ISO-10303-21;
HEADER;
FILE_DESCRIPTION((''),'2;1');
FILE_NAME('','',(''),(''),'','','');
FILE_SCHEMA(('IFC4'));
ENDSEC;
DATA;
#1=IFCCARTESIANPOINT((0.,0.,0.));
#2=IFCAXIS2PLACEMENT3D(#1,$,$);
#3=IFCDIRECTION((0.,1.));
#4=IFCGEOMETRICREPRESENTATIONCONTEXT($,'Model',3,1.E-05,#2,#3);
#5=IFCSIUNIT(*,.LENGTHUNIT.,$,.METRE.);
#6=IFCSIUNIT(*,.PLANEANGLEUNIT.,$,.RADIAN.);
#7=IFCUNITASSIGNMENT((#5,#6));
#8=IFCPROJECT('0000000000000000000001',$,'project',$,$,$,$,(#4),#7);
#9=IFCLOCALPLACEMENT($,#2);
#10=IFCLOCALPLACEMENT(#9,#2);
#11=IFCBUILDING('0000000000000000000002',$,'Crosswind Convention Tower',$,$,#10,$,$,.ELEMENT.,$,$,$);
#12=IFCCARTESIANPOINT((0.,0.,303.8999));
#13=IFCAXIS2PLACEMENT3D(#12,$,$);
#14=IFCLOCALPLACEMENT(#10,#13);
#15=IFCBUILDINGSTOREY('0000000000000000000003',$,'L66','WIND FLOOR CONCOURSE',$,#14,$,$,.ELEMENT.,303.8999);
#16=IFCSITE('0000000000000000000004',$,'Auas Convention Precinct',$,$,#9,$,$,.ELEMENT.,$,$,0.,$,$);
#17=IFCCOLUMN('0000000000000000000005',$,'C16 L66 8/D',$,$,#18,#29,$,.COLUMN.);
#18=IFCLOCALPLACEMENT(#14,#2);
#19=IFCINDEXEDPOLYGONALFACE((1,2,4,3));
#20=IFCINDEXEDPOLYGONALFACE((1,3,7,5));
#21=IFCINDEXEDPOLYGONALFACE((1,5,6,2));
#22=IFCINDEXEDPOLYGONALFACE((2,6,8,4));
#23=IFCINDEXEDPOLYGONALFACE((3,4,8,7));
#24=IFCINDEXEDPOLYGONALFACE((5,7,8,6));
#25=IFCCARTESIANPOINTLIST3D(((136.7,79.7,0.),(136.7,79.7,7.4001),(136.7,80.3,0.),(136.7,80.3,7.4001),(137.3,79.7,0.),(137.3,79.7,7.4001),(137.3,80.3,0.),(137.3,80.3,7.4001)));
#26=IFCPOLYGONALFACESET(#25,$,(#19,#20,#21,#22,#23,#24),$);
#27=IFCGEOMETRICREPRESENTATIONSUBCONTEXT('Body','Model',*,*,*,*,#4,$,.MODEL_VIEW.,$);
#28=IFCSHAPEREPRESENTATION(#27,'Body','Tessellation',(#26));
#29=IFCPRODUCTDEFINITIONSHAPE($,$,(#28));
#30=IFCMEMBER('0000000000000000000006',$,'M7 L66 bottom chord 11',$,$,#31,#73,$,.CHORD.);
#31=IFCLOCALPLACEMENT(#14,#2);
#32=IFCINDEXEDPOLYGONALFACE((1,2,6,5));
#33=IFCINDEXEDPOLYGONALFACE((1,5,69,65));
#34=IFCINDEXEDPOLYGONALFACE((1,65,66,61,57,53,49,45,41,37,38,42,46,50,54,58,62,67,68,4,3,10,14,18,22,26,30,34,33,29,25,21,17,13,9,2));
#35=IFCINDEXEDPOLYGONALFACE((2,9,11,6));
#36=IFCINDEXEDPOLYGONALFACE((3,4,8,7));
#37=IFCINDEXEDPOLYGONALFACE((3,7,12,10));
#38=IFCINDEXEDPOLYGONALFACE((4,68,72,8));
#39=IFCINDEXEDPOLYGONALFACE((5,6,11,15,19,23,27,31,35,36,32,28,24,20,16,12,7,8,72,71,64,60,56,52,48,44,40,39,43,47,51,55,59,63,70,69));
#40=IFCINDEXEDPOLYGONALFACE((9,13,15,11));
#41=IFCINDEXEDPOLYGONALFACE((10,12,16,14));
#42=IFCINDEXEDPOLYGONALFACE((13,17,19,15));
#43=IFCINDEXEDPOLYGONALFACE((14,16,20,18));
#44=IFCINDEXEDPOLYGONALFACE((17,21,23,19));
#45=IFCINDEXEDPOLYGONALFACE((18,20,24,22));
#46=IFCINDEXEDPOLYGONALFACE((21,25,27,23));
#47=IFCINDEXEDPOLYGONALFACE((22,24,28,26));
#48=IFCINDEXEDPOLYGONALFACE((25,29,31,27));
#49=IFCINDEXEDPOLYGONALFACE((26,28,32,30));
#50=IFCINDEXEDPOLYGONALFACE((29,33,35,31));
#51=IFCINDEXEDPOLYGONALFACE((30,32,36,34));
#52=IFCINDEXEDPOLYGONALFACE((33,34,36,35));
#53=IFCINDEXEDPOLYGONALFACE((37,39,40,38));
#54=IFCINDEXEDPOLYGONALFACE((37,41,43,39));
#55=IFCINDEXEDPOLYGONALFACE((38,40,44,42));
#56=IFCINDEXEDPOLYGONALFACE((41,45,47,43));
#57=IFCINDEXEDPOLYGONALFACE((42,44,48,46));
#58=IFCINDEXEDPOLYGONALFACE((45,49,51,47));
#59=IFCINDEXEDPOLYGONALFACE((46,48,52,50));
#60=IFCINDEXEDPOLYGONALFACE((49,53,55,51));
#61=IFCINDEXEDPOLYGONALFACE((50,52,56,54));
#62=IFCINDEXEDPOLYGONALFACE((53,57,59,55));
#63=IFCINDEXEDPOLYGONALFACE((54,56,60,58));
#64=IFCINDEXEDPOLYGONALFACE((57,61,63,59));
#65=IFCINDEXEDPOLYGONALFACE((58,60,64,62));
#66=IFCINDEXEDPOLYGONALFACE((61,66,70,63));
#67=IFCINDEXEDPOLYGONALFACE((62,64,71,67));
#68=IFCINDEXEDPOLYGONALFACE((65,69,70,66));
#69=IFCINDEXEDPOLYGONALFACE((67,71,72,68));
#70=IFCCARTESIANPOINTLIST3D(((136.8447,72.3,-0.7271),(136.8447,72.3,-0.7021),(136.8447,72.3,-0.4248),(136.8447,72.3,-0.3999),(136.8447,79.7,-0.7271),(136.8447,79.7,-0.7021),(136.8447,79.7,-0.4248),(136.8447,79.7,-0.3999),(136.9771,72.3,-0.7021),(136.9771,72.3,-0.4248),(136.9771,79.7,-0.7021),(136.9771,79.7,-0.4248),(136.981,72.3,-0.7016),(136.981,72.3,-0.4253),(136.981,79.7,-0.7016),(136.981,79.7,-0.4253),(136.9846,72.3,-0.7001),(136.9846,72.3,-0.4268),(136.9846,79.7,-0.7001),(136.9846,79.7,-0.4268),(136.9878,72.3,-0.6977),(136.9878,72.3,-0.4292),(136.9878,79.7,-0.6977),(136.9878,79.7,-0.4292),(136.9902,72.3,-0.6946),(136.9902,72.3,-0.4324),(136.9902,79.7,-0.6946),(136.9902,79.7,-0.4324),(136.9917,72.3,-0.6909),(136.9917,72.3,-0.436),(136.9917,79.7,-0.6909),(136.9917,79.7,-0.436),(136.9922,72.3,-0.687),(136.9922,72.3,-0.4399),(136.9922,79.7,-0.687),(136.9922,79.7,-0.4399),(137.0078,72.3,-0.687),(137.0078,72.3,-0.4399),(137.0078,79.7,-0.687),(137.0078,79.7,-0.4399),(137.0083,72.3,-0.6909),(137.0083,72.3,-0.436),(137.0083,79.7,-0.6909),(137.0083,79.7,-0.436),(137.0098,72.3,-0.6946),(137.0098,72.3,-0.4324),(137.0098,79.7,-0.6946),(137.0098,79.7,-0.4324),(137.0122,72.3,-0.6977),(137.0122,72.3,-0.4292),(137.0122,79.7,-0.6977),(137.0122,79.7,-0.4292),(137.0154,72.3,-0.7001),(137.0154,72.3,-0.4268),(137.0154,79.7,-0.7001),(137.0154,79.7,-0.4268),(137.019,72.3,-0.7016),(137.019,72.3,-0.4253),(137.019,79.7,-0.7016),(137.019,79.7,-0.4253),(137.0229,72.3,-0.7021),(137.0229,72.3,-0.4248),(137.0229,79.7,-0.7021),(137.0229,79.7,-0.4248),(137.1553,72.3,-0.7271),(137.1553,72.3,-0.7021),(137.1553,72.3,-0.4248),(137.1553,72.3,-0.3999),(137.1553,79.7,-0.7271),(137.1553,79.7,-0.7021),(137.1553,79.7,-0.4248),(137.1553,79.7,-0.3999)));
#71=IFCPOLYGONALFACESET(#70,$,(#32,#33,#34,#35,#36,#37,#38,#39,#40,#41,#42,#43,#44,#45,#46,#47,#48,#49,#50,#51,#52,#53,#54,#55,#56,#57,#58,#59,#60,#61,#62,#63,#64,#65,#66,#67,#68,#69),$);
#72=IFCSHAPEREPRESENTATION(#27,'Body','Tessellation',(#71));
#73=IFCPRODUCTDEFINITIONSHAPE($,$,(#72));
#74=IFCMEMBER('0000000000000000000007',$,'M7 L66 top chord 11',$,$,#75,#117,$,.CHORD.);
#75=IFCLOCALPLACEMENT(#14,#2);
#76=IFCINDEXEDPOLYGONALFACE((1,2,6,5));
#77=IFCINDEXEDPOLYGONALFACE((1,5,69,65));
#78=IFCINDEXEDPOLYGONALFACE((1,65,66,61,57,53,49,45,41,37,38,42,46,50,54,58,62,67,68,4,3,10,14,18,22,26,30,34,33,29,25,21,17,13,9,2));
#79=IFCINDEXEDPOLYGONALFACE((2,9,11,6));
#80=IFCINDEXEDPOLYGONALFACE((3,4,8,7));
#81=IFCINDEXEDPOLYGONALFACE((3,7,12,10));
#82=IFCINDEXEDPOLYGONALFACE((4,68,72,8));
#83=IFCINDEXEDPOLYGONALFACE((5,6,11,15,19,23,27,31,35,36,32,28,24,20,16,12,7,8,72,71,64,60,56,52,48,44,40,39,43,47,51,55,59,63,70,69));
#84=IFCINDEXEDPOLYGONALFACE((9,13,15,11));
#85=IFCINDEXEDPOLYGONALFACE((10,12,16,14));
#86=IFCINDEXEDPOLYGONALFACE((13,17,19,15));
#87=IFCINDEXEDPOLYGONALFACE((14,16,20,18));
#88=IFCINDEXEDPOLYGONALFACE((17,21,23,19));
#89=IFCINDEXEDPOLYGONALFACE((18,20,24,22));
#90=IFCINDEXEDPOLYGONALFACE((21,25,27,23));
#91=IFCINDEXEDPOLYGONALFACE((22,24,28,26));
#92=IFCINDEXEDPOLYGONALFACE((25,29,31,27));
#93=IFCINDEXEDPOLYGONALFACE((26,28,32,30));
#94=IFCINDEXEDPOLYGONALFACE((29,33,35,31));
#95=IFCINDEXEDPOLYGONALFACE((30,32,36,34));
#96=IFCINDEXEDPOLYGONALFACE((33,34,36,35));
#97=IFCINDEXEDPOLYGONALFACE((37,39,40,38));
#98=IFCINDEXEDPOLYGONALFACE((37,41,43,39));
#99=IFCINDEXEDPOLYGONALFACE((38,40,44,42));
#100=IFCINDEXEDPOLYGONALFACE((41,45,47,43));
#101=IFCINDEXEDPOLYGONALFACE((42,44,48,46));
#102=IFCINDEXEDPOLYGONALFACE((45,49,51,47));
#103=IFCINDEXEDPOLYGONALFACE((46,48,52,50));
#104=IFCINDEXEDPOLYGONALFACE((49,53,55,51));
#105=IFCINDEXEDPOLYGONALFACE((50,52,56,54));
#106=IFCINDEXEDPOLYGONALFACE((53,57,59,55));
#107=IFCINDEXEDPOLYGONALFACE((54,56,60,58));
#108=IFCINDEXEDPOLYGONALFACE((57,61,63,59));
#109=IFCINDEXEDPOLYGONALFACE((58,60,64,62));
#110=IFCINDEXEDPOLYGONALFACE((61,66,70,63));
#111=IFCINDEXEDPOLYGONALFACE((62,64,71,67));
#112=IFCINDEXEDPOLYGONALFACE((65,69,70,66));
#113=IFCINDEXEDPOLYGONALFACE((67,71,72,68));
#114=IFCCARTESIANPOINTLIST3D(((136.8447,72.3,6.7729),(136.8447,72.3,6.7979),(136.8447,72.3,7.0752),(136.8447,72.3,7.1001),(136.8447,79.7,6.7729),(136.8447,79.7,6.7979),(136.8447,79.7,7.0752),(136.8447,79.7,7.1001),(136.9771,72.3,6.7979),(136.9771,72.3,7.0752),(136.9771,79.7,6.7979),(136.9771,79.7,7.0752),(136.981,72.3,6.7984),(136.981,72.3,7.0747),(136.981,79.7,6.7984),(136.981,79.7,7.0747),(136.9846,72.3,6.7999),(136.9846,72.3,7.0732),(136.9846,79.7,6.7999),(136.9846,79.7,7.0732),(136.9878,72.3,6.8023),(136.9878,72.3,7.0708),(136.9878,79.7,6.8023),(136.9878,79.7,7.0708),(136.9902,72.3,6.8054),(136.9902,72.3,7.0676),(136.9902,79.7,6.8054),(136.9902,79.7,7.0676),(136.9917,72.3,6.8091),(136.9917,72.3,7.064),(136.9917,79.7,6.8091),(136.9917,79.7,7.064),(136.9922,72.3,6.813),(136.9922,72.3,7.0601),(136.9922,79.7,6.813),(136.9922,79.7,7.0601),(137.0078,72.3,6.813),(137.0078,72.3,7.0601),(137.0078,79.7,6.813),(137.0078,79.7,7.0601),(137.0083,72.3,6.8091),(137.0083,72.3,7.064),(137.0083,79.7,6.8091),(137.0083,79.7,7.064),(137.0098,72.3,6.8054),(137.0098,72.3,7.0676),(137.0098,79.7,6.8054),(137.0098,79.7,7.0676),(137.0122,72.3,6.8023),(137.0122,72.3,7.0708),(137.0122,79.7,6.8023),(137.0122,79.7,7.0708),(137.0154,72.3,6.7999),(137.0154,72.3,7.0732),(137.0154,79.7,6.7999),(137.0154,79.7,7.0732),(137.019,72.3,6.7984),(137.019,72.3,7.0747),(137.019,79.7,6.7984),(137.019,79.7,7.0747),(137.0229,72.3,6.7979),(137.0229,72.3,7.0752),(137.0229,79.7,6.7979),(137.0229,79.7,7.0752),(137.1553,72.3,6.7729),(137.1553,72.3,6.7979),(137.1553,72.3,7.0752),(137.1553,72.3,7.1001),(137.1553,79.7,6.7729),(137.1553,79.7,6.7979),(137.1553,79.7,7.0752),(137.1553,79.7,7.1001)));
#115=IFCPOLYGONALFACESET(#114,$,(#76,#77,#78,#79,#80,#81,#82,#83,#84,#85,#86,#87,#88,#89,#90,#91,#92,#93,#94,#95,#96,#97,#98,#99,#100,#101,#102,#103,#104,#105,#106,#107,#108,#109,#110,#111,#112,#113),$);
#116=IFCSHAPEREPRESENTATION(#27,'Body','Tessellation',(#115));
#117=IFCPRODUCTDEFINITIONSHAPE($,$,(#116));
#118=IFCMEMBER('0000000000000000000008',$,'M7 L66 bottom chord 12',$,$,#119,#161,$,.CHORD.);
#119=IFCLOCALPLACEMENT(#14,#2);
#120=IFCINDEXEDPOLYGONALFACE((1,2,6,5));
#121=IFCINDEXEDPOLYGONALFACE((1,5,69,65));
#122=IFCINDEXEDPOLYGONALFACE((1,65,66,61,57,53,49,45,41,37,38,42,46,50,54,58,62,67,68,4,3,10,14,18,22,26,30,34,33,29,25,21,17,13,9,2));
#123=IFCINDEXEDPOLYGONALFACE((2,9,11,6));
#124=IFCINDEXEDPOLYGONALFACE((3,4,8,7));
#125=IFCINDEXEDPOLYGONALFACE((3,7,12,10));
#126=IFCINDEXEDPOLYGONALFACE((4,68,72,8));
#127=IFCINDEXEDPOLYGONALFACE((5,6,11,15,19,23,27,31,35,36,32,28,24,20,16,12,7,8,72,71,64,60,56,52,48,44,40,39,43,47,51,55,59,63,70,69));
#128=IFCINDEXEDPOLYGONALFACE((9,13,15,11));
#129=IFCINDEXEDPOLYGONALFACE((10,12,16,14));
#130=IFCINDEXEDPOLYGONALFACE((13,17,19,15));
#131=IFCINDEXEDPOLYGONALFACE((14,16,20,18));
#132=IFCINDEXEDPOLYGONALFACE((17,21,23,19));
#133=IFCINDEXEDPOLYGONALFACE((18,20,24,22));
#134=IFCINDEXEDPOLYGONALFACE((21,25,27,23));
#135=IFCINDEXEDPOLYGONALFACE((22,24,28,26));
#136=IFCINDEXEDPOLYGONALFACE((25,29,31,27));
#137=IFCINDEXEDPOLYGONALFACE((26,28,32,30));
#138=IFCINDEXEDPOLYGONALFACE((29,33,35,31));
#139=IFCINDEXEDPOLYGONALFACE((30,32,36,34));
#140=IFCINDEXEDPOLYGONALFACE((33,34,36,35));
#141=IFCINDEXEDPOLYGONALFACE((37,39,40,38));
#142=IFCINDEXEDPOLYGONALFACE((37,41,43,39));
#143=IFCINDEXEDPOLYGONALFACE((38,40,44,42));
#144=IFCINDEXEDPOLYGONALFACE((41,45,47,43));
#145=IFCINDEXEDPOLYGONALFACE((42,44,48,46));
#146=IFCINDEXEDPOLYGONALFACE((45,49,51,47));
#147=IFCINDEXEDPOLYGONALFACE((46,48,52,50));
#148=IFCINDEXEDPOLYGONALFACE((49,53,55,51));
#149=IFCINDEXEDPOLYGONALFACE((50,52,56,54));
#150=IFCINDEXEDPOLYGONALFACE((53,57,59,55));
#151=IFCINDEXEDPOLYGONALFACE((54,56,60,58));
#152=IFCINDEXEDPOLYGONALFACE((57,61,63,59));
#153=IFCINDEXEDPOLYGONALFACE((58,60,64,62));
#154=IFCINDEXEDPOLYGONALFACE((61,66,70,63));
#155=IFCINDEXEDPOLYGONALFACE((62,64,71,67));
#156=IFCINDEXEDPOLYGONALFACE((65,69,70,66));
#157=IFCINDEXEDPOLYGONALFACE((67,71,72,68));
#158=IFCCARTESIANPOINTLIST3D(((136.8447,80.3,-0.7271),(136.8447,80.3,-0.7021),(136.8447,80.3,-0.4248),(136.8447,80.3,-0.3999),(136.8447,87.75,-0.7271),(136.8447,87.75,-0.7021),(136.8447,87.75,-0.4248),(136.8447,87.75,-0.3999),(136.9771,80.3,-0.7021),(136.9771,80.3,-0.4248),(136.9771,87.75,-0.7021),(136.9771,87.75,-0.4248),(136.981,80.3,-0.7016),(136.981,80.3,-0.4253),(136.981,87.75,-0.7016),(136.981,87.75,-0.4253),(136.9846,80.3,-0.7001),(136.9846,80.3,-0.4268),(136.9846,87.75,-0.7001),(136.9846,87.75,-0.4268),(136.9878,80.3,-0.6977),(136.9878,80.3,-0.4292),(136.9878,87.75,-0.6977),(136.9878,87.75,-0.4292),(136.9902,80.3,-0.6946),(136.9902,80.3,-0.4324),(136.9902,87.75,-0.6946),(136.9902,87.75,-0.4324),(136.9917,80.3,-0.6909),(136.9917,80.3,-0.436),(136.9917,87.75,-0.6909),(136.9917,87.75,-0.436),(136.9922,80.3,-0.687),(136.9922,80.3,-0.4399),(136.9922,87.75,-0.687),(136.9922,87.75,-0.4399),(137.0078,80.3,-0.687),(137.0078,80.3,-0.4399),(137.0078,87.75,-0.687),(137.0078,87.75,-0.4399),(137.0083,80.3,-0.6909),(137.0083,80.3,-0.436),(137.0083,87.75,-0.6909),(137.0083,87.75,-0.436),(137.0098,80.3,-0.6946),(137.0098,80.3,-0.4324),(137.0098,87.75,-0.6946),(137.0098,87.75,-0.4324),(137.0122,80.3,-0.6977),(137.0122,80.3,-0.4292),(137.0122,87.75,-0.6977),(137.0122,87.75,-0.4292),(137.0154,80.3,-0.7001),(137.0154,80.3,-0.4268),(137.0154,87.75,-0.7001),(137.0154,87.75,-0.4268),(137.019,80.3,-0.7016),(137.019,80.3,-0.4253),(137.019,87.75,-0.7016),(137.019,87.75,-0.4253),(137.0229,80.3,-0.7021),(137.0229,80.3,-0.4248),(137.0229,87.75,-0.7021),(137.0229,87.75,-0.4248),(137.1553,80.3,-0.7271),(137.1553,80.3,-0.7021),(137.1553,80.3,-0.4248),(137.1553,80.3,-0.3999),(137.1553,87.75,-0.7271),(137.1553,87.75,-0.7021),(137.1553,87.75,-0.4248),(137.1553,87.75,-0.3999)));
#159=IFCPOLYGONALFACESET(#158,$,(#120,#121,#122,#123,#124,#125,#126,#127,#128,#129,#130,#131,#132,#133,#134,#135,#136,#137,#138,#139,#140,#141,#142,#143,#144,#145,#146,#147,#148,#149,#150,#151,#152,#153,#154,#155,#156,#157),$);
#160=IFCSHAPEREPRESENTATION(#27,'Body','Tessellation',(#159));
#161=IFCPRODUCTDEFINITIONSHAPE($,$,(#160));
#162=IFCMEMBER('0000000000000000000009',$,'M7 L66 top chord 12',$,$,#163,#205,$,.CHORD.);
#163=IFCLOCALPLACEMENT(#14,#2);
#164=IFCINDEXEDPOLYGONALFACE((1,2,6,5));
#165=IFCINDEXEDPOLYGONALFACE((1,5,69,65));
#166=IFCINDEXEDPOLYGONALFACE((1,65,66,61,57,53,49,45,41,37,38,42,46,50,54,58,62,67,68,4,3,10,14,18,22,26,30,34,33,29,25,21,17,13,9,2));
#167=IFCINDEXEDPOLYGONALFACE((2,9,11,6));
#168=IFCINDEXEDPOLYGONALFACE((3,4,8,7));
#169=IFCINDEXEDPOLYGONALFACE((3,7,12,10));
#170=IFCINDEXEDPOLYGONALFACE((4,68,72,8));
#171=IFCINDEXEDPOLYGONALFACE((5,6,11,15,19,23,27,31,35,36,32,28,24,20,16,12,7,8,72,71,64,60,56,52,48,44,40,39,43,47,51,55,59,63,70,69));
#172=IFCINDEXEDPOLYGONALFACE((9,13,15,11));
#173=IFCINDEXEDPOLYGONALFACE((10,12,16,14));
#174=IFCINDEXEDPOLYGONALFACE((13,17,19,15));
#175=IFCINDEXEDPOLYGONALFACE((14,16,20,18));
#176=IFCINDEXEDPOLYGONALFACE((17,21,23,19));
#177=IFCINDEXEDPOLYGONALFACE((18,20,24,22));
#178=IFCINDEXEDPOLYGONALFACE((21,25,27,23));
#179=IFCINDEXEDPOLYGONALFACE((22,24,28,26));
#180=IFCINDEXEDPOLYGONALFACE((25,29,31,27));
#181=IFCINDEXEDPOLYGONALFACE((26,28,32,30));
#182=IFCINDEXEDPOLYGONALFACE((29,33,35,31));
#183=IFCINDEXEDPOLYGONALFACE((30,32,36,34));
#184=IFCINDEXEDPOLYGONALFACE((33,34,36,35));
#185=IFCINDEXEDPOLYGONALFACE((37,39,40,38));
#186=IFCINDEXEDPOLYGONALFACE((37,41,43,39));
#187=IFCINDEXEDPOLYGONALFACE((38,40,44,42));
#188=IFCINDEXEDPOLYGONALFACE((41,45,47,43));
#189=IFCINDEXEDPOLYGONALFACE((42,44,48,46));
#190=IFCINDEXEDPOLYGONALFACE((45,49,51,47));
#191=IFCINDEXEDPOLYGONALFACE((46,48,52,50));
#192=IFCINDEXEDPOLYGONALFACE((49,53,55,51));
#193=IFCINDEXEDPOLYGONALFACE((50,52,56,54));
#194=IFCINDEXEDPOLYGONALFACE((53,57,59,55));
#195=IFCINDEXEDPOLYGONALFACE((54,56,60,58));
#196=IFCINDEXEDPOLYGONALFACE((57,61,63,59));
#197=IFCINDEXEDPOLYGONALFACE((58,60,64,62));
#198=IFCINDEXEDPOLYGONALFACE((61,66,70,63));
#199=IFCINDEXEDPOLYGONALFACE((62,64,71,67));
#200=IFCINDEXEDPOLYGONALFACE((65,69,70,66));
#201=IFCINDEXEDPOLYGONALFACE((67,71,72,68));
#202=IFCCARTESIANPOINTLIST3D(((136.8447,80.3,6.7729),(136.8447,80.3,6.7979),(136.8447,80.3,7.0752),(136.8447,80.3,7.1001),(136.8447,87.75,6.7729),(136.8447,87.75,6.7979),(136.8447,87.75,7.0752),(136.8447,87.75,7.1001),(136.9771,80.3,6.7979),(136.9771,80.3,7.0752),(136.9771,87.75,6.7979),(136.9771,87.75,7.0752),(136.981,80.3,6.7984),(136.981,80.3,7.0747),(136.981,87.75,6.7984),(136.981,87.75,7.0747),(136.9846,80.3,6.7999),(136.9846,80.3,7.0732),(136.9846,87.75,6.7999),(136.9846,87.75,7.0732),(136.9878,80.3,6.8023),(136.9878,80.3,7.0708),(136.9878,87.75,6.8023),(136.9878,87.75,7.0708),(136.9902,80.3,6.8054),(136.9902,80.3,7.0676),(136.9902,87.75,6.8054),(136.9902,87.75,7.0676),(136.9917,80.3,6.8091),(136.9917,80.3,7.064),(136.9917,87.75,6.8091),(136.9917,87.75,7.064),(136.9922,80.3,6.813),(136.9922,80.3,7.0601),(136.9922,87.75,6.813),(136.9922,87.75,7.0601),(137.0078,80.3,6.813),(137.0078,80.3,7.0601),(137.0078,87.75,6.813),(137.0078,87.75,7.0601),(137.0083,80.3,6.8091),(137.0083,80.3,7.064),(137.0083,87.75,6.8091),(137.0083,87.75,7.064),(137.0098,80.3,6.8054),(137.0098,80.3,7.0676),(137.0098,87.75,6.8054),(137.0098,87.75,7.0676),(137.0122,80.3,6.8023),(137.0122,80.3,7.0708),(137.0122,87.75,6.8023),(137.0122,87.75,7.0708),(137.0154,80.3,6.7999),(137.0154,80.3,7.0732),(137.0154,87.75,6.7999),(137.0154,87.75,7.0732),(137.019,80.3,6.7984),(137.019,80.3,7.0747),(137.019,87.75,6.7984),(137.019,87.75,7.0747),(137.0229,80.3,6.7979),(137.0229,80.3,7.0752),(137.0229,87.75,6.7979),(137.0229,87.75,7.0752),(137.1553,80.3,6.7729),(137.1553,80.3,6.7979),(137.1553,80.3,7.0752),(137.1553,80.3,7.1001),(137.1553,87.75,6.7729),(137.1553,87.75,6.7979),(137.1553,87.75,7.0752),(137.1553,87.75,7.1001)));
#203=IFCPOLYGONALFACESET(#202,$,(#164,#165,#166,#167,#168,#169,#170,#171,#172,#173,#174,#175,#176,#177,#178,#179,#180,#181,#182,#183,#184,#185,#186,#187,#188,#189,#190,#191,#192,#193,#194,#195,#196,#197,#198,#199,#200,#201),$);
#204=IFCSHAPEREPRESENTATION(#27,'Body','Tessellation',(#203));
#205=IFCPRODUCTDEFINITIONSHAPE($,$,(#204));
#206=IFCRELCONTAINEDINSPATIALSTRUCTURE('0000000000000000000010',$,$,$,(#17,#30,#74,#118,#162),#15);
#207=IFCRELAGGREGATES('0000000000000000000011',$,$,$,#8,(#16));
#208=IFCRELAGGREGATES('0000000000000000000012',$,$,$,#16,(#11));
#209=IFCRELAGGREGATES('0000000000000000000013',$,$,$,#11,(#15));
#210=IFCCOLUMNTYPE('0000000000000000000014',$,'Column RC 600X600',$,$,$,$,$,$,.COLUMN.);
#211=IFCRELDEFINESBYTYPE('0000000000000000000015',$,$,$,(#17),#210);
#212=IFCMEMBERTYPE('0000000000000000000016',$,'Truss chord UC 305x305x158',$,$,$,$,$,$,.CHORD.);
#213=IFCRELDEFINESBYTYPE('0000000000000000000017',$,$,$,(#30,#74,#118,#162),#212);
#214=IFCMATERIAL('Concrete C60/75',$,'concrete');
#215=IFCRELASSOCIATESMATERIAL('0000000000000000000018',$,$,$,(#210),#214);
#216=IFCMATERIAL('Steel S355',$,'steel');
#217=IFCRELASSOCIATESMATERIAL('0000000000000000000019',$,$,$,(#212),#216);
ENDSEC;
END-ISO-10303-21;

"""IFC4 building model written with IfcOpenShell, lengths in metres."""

from ifc_helpers import new_model, si_unit, direction, frame, origin, origin_2d, place, context, subcontext, project, spatial, rectangle, i_section, extrude, material, material_profile, profile_set, type_object, element, save


model = new_model("IFC4")

# Units and contexts
model_context = context("Model", 3, precision=1e-05, world=origin(), true_north=direction((0.0, 1.0)))
body_context = subcontext(model_context, "Body", "Model", "MODEL_VIEW")
ifc_project = project(units=[si_unit("LENGTHUNIT", "METRE"), si_unit("PLANEANGLEUNIT", "RADIAN")], contexts=[model_context])

# Site, building, storey
site_placement = place(None, origin())
site = spatial("IfcSite", under=ifc_project, at=site_placement, Name="Auas Convention Precinct", CompositionType="ELEMENT", RefElevation=0.0)
building_placement = place(site_placement, origin())
building = spatial("IfcBuilding", under=site, at=building_placement, Name="Crosswind Convention Tower", CompositionType="ELEMENT")
storey_placement = place(building_placement, frame((0.0, 0.0, 303.8999)))
storey = spatial("IfcBuildingStorey", under=building, at=storey_placement, Name="L66", Description="WIND FLOOR CONCOURSE", CompositionType="ELEMENT", Elevation=303.8999)

# Column
ifc_material_1 = material(Name="Concrete C60/75", Category="concrete")
ifc_material_profile_1 = material_profile(ifc_material_1, rectangle(XDim=0.6001, YDim=0.6001, at=origin_2d()), Name="RC 600X600")
ifc_profile_set_1 = profile_set([ifc_material_profile_1], Name="Concrete C60/75")
column_type = type_object("IfcColumnType", Name="Column RC 600X600", PredefinedType="COLUMN", material=ifc_profile_set_1)
column_placement = place(storey_placement, frame((137.0, 80.0, 0.0), z_axis=(0.0, 0.0, 1.0), x_axis=(1.0, 0.0, 0.0)))
element("IfcColumn", 1, at=column_placement, inside=storey, type_object=column_type, Name="C16 L66 8/D", PredefinedType="COLUMN", context=body_context, shape_type="SweptSolid", body=[
    extrude(rectangle(XDim=0.6001, YDim=0.6001, at=origin_2d()), origin(), (0.0, 0.0, 1.0), 7.4001),
])

# Members
ifc_material_2 = material(Name="Steel S355", Category="steel")
ifc_material_profile_2 = material_profile(ifc_material_2, i_section(OverallWidth=0.3105, OverallDepth=0.3271, WebThickness=0.0156, FlangeThickness=0.0249, FilletRadius=0.0151, at=origin_2d()), Name="UC 305x305x158")
ifc_profile_set_2 = profile_set([ifc_material_profile_2], Name="Steel S355")
member_type_1 = type_object("IfcMemberType", Name="Truss chord UC 305x305x158", PredefinedType="CHORD", material=ifc_profile_set_2)
for number, where, z_axis, x_axis, name in (
    (2, (137.0, 72.3, -0.5635), (0.0, 1.0, 0.0), (-1.0, 0.0, 0.0), "M7 L66 bottom chord 11"),
    (3, (137.0, 72.3, 6.9365), (0.0, 1.0, 0.0), (-1.0, 0.0, 0.0), "M7 L66 top chord 11"),
):
    element("IfcMember", number, at=place(storey_placement, frame(where, z_axis=z_axis, x_axis=x_axis)), inside=storey, type_object=member_type_1, Name=name, PredefinedType="CHORD", context=body_context, shape_type="SweptSolid", body=[
        extrude(i_section(OverallWidth=0.3105, OverallDepth=0.3271, WebThickness=0.0156, FlangeThickness=0.0249, FilletRadius=0.0151, at=origin_2d()), origin(), (0.0, 0.0, 1.0), 7.3999),
    ])
for number, where, z_axis, x_axis, name in (
    (4, (137.0, 80.3, -0.5635), (0.0, 1.0, 0.0), (-1.0, 0.0, 0.0), "M7 L66 bottom chord 12"),
    (5, (137.0, 80.3, 6.9365), (0.0, 1.0, 0.0), (-1.0, 0.0, 0.0), "M7 L66 top chord 12"),
):
    element("IfcMember", number, at=place(storey_placement, frame(where, z_axis=z_axis, x_axis=x_axis)), inside=storey, type_object=member_type_1, Name=name, PredefinedType="CHORD", context=body_context, shape_type="SweptSolid", body=[
        extrude(i_section(OverallWidth=0.3105, OverallDepth=0.3271, WebThickness=0.0156, FlangeThickness=0.0249, FilletRadius=0.0151, at=origin_2d()), origin(), (0.0, 0.0, 1.0), 7.45),
    ])

save(model, "model.ifc")
